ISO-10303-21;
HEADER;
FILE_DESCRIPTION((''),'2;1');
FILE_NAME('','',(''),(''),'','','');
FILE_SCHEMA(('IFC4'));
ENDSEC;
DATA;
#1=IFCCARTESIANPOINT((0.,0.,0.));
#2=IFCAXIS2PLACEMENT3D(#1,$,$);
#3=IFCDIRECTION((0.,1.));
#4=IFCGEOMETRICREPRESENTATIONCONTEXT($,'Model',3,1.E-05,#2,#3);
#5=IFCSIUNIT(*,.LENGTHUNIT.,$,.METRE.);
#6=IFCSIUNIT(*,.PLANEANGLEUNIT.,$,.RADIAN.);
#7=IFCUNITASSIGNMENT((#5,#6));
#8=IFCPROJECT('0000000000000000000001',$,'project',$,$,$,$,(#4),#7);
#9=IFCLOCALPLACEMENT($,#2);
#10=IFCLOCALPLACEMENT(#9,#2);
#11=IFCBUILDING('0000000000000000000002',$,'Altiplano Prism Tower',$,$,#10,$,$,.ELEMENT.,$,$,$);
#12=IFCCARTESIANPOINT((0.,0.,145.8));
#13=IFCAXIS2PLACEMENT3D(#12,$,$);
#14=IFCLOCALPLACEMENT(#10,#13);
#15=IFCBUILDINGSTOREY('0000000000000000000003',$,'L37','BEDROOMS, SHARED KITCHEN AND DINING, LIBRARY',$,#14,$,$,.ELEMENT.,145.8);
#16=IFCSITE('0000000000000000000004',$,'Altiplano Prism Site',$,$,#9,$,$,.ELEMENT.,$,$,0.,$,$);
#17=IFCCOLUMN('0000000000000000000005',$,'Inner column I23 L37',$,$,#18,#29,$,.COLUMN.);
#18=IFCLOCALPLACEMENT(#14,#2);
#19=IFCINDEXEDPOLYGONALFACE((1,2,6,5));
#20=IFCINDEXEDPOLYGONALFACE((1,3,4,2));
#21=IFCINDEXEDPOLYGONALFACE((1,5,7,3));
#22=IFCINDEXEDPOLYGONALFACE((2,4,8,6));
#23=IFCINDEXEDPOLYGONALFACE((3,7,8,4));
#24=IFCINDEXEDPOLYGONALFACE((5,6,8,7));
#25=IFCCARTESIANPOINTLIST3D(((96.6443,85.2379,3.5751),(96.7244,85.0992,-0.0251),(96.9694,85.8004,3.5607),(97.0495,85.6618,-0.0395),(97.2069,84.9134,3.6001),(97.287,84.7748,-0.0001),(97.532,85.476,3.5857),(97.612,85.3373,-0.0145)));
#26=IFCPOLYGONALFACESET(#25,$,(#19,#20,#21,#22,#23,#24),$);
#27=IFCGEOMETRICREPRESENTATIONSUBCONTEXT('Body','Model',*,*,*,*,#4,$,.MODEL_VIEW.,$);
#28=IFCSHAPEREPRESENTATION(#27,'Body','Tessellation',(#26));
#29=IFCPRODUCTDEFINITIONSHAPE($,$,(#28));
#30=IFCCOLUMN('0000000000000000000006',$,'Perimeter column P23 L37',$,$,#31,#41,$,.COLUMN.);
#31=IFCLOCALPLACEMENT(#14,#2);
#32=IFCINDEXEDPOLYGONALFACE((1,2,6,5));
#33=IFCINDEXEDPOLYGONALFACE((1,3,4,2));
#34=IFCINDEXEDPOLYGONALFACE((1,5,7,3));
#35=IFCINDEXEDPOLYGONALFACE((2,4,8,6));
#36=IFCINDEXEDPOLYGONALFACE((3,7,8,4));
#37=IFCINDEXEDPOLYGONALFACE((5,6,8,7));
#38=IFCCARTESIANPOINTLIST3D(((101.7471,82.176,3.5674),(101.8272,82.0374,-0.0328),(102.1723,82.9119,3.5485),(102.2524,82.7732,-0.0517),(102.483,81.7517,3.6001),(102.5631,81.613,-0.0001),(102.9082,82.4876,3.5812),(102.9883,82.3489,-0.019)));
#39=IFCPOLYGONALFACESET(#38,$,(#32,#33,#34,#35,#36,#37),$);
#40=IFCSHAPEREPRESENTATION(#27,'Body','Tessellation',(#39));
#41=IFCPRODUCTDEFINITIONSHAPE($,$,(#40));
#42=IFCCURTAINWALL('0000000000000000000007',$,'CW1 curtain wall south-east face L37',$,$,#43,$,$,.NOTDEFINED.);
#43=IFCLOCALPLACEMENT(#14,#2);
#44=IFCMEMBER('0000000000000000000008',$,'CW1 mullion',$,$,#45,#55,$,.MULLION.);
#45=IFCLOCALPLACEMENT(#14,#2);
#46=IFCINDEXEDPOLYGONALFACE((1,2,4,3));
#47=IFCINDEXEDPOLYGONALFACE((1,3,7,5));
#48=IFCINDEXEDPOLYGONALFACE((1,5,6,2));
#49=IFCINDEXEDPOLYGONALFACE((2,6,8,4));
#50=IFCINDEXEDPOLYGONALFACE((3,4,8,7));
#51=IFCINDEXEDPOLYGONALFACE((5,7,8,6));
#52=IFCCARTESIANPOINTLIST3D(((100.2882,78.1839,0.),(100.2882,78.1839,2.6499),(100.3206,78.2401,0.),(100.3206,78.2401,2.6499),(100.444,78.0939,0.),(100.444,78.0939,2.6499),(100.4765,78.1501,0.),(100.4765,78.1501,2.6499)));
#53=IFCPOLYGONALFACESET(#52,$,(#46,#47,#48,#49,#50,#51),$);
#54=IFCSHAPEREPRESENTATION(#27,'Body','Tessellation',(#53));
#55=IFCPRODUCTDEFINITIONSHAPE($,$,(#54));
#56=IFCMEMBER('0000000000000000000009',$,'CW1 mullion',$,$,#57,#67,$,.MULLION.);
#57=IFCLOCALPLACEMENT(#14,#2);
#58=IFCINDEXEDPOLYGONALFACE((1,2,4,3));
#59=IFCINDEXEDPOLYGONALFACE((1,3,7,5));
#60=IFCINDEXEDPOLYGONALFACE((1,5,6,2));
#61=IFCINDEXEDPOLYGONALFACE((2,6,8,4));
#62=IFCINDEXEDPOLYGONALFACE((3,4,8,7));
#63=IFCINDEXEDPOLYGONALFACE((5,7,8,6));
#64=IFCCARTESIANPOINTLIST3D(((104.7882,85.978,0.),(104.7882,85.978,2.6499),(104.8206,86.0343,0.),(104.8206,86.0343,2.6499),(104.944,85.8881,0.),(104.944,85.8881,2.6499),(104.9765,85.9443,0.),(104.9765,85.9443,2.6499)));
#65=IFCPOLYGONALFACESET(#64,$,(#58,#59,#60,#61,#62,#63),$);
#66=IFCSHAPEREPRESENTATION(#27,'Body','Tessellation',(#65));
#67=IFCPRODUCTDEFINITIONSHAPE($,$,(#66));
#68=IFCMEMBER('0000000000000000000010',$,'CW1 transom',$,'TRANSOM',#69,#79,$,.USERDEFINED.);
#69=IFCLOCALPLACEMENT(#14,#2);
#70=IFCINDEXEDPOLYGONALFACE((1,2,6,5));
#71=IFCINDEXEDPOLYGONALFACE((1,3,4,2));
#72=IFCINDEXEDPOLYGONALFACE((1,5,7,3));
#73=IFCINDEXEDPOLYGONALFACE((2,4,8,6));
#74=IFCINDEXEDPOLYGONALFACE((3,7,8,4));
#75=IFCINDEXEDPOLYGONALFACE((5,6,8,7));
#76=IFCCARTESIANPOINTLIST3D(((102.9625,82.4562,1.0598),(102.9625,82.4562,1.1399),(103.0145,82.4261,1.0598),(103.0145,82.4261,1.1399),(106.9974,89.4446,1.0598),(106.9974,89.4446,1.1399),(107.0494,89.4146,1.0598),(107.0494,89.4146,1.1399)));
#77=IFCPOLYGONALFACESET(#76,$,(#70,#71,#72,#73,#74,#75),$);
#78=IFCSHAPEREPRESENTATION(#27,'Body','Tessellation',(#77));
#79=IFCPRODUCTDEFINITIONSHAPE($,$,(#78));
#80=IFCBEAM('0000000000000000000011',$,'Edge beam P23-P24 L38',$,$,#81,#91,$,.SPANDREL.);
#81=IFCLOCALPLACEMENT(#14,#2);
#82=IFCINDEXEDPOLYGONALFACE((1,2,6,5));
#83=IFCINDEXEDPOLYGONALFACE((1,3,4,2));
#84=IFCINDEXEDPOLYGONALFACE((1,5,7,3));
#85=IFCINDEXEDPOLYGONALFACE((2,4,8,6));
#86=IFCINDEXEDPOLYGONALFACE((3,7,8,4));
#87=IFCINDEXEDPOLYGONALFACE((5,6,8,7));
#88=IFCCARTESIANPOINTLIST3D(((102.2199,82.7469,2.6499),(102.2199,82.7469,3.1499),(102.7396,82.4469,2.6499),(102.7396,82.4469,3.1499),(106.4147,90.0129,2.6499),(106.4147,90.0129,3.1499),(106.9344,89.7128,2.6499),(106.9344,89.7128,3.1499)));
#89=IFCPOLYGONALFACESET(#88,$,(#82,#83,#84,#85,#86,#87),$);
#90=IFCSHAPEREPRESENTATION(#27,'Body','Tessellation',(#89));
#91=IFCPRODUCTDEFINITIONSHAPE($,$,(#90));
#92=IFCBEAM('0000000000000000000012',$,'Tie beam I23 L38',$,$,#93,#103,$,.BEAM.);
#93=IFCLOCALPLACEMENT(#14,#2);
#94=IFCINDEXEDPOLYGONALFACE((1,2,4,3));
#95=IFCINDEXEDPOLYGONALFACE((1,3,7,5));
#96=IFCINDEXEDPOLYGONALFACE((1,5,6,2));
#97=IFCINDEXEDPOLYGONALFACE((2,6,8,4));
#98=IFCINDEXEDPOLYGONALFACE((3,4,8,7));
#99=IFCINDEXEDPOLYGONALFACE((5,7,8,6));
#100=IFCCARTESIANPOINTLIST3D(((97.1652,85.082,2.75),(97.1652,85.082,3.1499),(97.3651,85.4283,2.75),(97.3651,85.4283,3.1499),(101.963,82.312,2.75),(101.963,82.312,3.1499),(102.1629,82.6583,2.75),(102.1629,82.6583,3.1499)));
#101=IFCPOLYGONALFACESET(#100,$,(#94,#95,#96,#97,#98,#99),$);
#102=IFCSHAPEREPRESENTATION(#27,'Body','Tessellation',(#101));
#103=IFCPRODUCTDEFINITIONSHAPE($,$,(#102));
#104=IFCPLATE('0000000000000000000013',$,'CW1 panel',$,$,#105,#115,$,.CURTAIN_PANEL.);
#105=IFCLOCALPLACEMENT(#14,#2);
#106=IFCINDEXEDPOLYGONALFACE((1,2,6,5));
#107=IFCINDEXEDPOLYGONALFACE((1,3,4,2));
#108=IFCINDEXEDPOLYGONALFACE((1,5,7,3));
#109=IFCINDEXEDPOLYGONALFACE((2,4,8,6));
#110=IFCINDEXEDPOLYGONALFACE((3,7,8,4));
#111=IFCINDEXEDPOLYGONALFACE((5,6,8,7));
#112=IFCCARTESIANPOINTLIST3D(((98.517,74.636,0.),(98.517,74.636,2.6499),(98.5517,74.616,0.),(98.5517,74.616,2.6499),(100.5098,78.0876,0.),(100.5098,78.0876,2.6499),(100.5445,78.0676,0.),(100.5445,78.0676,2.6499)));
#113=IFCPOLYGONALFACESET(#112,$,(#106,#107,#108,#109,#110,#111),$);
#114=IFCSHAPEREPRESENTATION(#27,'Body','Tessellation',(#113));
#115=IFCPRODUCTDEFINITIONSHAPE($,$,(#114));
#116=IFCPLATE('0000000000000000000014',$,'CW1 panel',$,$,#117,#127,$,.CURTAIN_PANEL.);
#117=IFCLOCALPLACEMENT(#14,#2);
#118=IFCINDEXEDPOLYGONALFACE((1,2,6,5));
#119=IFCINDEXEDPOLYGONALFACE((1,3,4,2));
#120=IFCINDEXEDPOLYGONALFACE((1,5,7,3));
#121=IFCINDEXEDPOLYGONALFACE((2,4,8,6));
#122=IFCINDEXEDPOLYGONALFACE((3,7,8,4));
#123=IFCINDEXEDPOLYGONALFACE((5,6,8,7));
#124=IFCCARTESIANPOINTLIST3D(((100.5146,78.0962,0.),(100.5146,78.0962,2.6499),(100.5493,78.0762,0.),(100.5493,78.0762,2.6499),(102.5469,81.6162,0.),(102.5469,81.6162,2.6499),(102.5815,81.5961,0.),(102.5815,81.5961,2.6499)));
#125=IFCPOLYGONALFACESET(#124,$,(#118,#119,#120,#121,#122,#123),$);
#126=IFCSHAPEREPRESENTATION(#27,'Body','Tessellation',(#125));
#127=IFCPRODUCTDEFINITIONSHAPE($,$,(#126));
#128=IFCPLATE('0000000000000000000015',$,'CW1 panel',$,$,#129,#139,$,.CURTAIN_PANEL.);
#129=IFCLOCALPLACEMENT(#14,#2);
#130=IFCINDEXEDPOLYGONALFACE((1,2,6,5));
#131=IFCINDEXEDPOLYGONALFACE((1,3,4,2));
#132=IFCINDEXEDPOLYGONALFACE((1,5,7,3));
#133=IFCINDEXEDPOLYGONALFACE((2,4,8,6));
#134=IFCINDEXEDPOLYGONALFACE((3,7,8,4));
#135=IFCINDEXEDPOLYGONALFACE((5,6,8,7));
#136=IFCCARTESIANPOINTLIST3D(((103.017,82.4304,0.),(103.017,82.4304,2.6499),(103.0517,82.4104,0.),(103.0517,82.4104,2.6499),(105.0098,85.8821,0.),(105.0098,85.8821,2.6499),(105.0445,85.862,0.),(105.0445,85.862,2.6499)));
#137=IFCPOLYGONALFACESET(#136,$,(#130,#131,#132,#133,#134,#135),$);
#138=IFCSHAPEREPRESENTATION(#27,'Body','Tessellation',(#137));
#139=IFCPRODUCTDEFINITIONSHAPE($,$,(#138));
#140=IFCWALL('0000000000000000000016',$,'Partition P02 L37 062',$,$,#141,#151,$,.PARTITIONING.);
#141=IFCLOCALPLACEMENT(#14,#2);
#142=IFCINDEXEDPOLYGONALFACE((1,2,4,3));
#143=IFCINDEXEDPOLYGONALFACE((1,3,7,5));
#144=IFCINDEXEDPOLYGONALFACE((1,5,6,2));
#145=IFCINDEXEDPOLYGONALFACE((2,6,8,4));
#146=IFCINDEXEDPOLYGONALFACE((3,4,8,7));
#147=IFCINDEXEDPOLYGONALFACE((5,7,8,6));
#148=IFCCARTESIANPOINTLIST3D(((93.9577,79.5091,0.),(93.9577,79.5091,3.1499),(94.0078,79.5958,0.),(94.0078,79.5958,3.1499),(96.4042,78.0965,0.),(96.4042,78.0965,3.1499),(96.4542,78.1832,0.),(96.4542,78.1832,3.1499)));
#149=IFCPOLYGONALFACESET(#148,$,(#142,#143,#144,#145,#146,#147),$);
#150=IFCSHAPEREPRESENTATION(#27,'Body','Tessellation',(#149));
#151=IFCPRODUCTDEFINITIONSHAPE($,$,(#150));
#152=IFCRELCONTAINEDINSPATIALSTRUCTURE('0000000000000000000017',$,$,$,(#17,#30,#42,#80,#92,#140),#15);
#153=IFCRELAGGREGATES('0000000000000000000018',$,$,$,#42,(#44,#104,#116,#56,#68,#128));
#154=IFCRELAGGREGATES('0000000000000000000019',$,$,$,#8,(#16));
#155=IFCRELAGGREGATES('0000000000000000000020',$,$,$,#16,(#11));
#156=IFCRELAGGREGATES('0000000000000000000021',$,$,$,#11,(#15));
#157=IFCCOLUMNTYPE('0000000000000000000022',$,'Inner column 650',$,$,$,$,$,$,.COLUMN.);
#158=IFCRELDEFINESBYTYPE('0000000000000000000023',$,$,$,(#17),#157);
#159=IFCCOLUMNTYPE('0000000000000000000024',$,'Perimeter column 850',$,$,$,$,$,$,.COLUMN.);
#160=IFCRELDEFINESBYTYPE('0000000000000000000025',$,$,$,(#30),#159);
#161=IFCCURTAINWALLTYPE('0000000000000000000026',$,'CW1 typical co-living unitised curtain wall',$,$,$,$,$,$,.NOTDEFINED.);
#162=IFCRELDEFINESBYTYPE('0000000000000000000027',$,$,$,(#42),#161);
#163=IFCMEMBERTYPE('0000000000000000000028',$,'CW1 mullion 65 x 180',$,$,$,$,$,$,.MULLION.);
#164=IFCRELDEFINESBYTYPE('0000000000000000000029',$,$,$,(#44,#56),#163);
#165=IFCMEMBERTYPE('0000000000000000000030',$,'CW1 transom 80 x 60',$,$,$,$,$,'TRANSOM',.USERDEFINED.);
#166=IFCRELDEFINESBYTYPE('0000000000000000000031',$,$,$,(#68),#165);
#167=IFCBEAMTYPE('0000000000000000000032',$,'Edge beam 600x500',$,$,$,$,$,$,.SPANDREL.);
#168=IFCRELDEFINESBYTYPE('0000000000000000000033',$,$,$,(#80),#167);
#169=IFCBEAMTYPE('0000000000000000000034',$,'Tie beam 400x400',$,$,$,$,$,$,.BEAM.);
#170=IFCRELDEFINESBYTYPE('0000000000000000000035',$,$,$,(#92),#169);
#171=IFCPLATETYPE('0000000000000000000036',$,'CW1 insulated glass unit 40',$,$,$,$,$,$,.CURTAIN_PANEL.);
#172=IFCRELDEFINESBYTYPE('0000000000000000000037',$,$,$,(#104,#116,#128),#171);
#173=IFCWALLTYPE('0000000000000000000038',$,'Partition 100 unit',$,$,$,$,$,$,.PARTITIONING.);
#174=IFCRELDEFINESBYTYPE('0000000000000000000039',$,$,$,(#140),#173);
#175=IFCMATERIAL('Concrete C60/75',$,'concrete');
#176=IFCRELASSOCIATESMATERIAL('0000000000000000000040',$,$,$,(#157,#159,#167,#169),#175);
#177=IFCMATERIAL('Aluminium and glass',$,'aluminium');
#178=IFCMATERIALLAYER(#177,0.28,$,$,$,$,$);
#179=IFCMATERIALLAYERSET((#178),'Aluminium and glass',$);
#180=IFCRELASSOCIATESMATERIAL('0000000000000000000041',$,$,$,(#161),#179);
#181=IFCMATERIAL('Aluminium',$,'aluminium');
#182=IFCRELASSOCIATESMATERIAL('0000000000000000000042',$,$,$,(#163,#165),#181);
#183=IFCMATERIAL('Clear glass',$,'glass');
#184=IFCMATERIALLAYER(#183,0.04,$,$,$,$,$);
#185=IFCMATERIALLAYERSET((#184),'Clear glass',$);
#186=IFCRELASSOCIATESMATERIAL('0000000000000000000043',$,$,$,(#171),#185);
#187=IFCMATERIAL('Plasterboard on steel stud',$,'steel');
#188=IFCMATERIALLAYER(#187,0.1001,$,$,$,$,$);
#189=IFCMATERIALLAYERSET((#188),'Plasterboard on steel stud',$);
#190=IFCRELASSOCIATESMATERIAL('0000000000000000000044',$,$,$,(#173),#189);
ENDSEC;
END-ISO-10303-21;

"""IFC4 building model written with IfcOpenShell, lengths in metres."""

from ifc_helpers import new_model, si_unit, direction, frame, frame_2d, origin, origin_2d, place, context, subcontext, project, spatial, rectangle, extrude, material, layer, layer_set, material_profile, profile_set, type_object, element, aggregate, save


model = new_model("IFC4")

# Units and contexts
model_context = context("Model", 3, precision=1e-05, world=origin(), true_north=direction((0.0, 1.0)))
body_context = subcontext(model_context, "Body", "Model", "MODEL_VIEW")
ifc_project = project(units=[si_unit("LENGTHUNIT", "METRE"), si_unit("PLANEANGLEUNIT", "RADIAN")], contexts=[model_context])

# Site, building, storey
site_placement = place(None, origin())
site = spatial("IfcSite", under=ifc_project, at=site_placement, Name="Altiplano Prism Site", CompositionType="ELEMENT", RefElevation=0.0)
building_placement = place(site_placement, origin())
building = spatial("IfcBuilding", under=site, at=building_placement, Name="Altiplano Prism Tower", CompositionType="ELEMENT")
storey_placement = place(building_placement, frame((0.0, 0.0, 145.8)))
storey = spatial("IfcBuildingStorey", under=building, at=storey_placement, Name="L37", Description="BEDROOMS, SHARED KITCHEN AND DINING, LIBRARY", CompositionType="ELEMENT", Elevation=145.8)

# Columns
ifc_material_1 = material(Name="Concrete C60/75", Category="concrete")
ifc_material_profile_1 = material_profile(ifc_material_1, rectangle(XDim=0.6499, YDim=0.6499, at=origin_2d()), Name="Inner column 650")
ifc_profile_set_1 = profile_set([ifc_material_profile_1], Name="Concrete C60/75")
column_type_1 = type_object("IfcColumnType", Name="Inner column 650", PredefinedType="COLUMN", material=ifc_profile_set_1)
column_1_placement = place(storey_placement, frame((97.1682, 85.2183, -0.0198), z_axis=(-0.022221, 0.038481, 0.999012), x_axis=(-0.500175, -0.865639, 0.022218)))
element("IfcColumn", 1, at=column_1_placement, inside=storey, type_object=column_type_1, Name="Inner column I23 L37", PredefinedType="COLUMN", context=body_context, shape_type="SweptSolid", body=[
    extrude(rectangle(XDim=0.6499, YDim=0.6499, at=origin_2d()), origin(), (0.0, 0.0, 1.0), 3.6038),
])
ifc_material_profile_2 = material_profile(ifc_material_1, rectangle(XDim=0.8501, YDim=0.8501, at=origin_2d()), Name="Perimeter column 850")
ifc_profile_set_2 = profile_set([ifc_material_profile_2], Name="Concrete C60/75")
column_type_2 = type_object("IfcColumnType", Name="Perimeter column 850", PredefinedType="COLUMN", material=ifc_profile_set_2)
column_2_placement = place(storey_placement, frame((102.4077, 82.1931, -0.0259), z_axis=(-0.022221, 0.038481, 0.999012), x_axis=(-0.500175, -0.86564, 0.022218)))
element("IfcColumn", 2, at=column_2_placement, inside=storey, type_object=column_type_2, Name="Perimeter column P23 L37", PredefinedType="COLUMN", context=body_context, shape_type="SweptSolid", body=[
    extrude(rectangle(XDim=0.8501, YDim=0.8501, at=origin_2d()), origin(), (0.0, 0.0, 1.0), 3.6038),
])

# Curtain wall, members
ifc_material_2 = material(Name="Aluminium and glass", Category="aluminium")
ifc_layer_1 = layer(ifc_material_2, 0.28)
ifc_layer_set_1 = layer_set([ifc_layer_1], Name="Aluminium and glass")
curtain_wall_type = type_object("IfcCurtainWallType", Name="CW1 typical co-living unitised curtain wall", PredefinedType="NOTDEFINED", material=ifc_layer_set_1)
curtain_wall_placement = place(storey_placement, origin())
curtain_wall = element("IfcCurtainWall", 3, at=curtain_wall_placement, inside=storey, type_object=curtain_wall_type, Name="CW1 curtain wall south-east face L37", PredefinedType="NOTDEFINED")
ifc_material_3 = material(Name="Aluminium", Category="aluminium")
ifc_material_profile_3 = material_profile(ifc_material_3, rectangle(XDim=0.1799, YDim=0.0649, at=origin_2d()), Name="CW1 mullion 65 x 180")
ifc_profile_set_3 = profile_set([ifc_material_profile_3], Name="Aluminium")
member_type_1 = type_object("IfcMemberType", Name="CW1 mullion 65 x 180", PredefinedType="MULLION", material=ifc_profile_set_3)
member_1_placement = place(storey_placement, frame((100.3823, 78.167, 0.0), z_axis=(0.0, 0.0, 1.0), x_axis=(-0.866025, 0.5, 0.0)))
member_1 = element("IfcMember", 4, at=member_1_placement, type_object=member_type_1, Name="CW1 mullion", PredefinedType="MULLION", context=body_context, shape_type="SweptSolid", body=[
    extrude(rectangle(XDim=0.1799, YDim=0.0649, at=origin_2d()), origin(), (0.0, 0.0, 1.0), 2.6499),
])
member_2_placement = place(storey_placement, frame((104.8823, 85.9612, 0.0), z_axis=(0.0, 0.0, 1.0), x_axis=(-0.866025, 0.5, 0.0)))
member_2 = element("IfcMember", 5, at=member_2_placement, type_object=member_type_1, Name="CW1 mullion", PredefinedType="MULLION", context=body_context, shape_type="SweptSolid", body=[
    extrude(rectangle(XDim=0.1799, YDim=0.0649, at=origin_2d()), origin(), (0.0, 0.0, 1.0), 2.6499),
])
ifc_material_profile_4 = material_profile(ifc_material_3, rectangle(XDim=0.0601, YDim=0.0801, at=origin_2d()), Name="CW1 transom 80 x 60")
ifc_profile_set_4 = profile_set([ifc_material_profile_4], Name="Aluminium")
member_type_2 = type_object("IfcMemberType", Name="CW1 transom 80 x 60", ElementType="TRANSOM", PredefinedType="USERDEFINED", material=ifc_profile_set_4)
member_3_placement = place(storey_placement, frame((102.9885, 82.4412, 1.0999), z_axis=(0.500008, 0.866021, 0.0), x_axis=(-0.866021, 0.500008, 0.0)))
member_3 = element("IfcMember", 6, at=member_3_placement, type_object=member_type_2, Name="CW1 transom", ObjectType="TRANSOM", PredefinedType="USERDEFINED", context=body_context, shape_type="SweptSolid", body=[
    extrude(rectangle(XDim=0.0601, YDim=0.0801, at=origin_2d()), origin(), (0.0, 0.0, 1.0), 8.0696),
])

# Beams
ifc_material_profile_5 = material_profile(ifc_material_1, rectangle(XDim=0.6001, YDim=0.5, at=origin_2d()), Name="Edge beam 600x500")
ifc_profile_set_5 = profile_set([ifc_material_profile_5], Name="Concrete C60/75")
beam_type_1 = type_object("IfcBeamType", Name="Edge beam 600x500", PredefinedType="SPANDREL", material=ifc_profile_set_5)
beam_1_placement = place(storey_placement, frame((102.4797, 82.5969, 2.8999), z_axis=(0.499989, 0.866032, 0.0), x_axis=(-0.866032, 0.499989, 0.0)))
element("IfcBeam", 7, at=beam_1_placement, inside=storey, type_object=beam_type_1, Name="Edge beam P23-P24 L38", PredefinedType="SPANDREL", context=body_context, shape_type="SweptSolid", body=[
    extrude(rectangle(XDim=0.6001, YDim=0.5, at=origin_2d()), origin(), (0.0, 0.0, 1.0), 8.3899),
])
ifc_material_profile_6 = material_profile(ifc_material_1, rectangle(XDim=0.3999, YDim=0.3999, at=origin_2d()), Name="Tie beam 400x400")
ifc_profile_set_6 = profile_set([ifc_material_profile_6], Name="Concrete C60/75")
beam_type_2 = type_object("IfcBeamType", Name="Tie beam 400x400", PredefinedType="BEAM", material=ifc_profile_set_6)
beam_2_placement = place(storey_placement, frame((97.2651, 85.2551, 2.95), z_axis=(0.866027, -0.499997, 0.0), x_axis=(0.499997, 0.866027, 0.0)))
element("IfcBeam", 8, at=beam_2_placement, inside=storey, type_object=beam_type_2, Name="Tie beam I23 L38", PredefinedType="BEAM", context=body_context, shape_type="SweptSolid", body=[
    extrude(rectangle(XDim=0.3999, YDim=0.3999, at=origin_2d()), origin(), (0.0, 0.0, 1.0), 5.54),
])

# Plates
ifc_material_4 = material(Name="Clear glass", Category="glass")
ifc_layer_2 = layer(ifc_material_4, 0.04)
ifc_layer_set_2 = layer_set([ifc_layer_2], Name="Clear glass")
plate_type = type_object("IfcPlateType", Name="CW1 insulated glass unit 40", PredefinedType="CURTAIN_PANEL", material=ifc_layer_set_2)
plate_1_placement = place(storey_placement, frame((99.5308, 76.3518, 0.0), z_axis=(0.0, 0.0, 1.0), x_axis=(0.5, 0.866025, 0.0)))
plate_1 = element("IfcPlate", 9, at=plate_1_placement, type_object=plate_type, Name="CW1 panel", PredefinedType="CURTAIN_PANEL", context=body_context, shape_type="SweptSolid", body=[
    extrude(rectangle(XDim=3.9856, YDim=0.04, at=origin_2d()), origin(), (0.0, 0.0, 1.0), 2.6499),
])
plate_2_placement = place(storey_placement, frame((101.5481, 79.8462, 0.0), z_axis=(0.0, 0.0, 1.0), x_axis=(0.5, 0.866025, 0.0)))
plate_2 = element("IfcPlate", 10, at=plate_2_placement, type_object=plate_type, Name="CW1 panel", PredefinedType="CURTAIN_PANEL", context=body_context, shape_type="SweptSolid", body=[
    extrude(rectangle(XDim=4.0645, YDim=0.04, at=origin_2d()), origin(), (0.0, 0.0, 1.0), 2.6499),
])
plate_3_placement = place(storey_placement, frame((104.0308, 84.1462, 0.0), z_axis=(0.0, 0.0, 1.0), x_axis=(0.5, 0.866025, 0.0)))
plate_3 = element("IfcPlate", 11, at=plate_3_placement, type_object=plate_type, Name="CW1 panel", PredefinedType="CURTAIN_PANEL", context=body_context, shape_type="SweptSolid", body=[
    extrude(rectangle(XDim=3.9856, YDim=0.04, at=origin_2d()), origin(), (0.0, 0.0, 1.0), 2.6499),
])
aggregate(curtain_wall, [member_1, plate_1, plate_2, member_2, member_3, plate_3])

# Wall
ifc_material_5 = material(Name="Plasterboard on steel stud", Category="steel")
ifc_layer_3 = layer(ifc_material_5, 0.1001)
ifc_layer_set_3 = layer_set([ifc_layer_3], Name="Plasterboard on steel stud")
wall_type_1 = type_object("IfcWallType", Name="Partition 100 unit", PredefinedType="PARTITIONING", material=ifc_layer_set_3)
wall_1_placement = place(storey_placement, frame((93.9827, 79.5525, 0.0), z_axis=(0.0, 0.0, 1.0), x_axis=(0.866011, -0.500024, 0.0)))
element("IfcWall", 12, at=wall_1_placement, inside=storey, type_object=wall_type_1, Name="Partition P02 L37 062", PredefinedType="PARTITIONING", context=body_context, shape_type="SweptSolid", body=[
    extrude(rectangle(XDim=2.825, YDim=0.1001, at=frame_2d((1.4126, 0.0))), origin(), (0.0, 0.0, 1.0), 3.1499),
])

save(model, "model.ifc")
